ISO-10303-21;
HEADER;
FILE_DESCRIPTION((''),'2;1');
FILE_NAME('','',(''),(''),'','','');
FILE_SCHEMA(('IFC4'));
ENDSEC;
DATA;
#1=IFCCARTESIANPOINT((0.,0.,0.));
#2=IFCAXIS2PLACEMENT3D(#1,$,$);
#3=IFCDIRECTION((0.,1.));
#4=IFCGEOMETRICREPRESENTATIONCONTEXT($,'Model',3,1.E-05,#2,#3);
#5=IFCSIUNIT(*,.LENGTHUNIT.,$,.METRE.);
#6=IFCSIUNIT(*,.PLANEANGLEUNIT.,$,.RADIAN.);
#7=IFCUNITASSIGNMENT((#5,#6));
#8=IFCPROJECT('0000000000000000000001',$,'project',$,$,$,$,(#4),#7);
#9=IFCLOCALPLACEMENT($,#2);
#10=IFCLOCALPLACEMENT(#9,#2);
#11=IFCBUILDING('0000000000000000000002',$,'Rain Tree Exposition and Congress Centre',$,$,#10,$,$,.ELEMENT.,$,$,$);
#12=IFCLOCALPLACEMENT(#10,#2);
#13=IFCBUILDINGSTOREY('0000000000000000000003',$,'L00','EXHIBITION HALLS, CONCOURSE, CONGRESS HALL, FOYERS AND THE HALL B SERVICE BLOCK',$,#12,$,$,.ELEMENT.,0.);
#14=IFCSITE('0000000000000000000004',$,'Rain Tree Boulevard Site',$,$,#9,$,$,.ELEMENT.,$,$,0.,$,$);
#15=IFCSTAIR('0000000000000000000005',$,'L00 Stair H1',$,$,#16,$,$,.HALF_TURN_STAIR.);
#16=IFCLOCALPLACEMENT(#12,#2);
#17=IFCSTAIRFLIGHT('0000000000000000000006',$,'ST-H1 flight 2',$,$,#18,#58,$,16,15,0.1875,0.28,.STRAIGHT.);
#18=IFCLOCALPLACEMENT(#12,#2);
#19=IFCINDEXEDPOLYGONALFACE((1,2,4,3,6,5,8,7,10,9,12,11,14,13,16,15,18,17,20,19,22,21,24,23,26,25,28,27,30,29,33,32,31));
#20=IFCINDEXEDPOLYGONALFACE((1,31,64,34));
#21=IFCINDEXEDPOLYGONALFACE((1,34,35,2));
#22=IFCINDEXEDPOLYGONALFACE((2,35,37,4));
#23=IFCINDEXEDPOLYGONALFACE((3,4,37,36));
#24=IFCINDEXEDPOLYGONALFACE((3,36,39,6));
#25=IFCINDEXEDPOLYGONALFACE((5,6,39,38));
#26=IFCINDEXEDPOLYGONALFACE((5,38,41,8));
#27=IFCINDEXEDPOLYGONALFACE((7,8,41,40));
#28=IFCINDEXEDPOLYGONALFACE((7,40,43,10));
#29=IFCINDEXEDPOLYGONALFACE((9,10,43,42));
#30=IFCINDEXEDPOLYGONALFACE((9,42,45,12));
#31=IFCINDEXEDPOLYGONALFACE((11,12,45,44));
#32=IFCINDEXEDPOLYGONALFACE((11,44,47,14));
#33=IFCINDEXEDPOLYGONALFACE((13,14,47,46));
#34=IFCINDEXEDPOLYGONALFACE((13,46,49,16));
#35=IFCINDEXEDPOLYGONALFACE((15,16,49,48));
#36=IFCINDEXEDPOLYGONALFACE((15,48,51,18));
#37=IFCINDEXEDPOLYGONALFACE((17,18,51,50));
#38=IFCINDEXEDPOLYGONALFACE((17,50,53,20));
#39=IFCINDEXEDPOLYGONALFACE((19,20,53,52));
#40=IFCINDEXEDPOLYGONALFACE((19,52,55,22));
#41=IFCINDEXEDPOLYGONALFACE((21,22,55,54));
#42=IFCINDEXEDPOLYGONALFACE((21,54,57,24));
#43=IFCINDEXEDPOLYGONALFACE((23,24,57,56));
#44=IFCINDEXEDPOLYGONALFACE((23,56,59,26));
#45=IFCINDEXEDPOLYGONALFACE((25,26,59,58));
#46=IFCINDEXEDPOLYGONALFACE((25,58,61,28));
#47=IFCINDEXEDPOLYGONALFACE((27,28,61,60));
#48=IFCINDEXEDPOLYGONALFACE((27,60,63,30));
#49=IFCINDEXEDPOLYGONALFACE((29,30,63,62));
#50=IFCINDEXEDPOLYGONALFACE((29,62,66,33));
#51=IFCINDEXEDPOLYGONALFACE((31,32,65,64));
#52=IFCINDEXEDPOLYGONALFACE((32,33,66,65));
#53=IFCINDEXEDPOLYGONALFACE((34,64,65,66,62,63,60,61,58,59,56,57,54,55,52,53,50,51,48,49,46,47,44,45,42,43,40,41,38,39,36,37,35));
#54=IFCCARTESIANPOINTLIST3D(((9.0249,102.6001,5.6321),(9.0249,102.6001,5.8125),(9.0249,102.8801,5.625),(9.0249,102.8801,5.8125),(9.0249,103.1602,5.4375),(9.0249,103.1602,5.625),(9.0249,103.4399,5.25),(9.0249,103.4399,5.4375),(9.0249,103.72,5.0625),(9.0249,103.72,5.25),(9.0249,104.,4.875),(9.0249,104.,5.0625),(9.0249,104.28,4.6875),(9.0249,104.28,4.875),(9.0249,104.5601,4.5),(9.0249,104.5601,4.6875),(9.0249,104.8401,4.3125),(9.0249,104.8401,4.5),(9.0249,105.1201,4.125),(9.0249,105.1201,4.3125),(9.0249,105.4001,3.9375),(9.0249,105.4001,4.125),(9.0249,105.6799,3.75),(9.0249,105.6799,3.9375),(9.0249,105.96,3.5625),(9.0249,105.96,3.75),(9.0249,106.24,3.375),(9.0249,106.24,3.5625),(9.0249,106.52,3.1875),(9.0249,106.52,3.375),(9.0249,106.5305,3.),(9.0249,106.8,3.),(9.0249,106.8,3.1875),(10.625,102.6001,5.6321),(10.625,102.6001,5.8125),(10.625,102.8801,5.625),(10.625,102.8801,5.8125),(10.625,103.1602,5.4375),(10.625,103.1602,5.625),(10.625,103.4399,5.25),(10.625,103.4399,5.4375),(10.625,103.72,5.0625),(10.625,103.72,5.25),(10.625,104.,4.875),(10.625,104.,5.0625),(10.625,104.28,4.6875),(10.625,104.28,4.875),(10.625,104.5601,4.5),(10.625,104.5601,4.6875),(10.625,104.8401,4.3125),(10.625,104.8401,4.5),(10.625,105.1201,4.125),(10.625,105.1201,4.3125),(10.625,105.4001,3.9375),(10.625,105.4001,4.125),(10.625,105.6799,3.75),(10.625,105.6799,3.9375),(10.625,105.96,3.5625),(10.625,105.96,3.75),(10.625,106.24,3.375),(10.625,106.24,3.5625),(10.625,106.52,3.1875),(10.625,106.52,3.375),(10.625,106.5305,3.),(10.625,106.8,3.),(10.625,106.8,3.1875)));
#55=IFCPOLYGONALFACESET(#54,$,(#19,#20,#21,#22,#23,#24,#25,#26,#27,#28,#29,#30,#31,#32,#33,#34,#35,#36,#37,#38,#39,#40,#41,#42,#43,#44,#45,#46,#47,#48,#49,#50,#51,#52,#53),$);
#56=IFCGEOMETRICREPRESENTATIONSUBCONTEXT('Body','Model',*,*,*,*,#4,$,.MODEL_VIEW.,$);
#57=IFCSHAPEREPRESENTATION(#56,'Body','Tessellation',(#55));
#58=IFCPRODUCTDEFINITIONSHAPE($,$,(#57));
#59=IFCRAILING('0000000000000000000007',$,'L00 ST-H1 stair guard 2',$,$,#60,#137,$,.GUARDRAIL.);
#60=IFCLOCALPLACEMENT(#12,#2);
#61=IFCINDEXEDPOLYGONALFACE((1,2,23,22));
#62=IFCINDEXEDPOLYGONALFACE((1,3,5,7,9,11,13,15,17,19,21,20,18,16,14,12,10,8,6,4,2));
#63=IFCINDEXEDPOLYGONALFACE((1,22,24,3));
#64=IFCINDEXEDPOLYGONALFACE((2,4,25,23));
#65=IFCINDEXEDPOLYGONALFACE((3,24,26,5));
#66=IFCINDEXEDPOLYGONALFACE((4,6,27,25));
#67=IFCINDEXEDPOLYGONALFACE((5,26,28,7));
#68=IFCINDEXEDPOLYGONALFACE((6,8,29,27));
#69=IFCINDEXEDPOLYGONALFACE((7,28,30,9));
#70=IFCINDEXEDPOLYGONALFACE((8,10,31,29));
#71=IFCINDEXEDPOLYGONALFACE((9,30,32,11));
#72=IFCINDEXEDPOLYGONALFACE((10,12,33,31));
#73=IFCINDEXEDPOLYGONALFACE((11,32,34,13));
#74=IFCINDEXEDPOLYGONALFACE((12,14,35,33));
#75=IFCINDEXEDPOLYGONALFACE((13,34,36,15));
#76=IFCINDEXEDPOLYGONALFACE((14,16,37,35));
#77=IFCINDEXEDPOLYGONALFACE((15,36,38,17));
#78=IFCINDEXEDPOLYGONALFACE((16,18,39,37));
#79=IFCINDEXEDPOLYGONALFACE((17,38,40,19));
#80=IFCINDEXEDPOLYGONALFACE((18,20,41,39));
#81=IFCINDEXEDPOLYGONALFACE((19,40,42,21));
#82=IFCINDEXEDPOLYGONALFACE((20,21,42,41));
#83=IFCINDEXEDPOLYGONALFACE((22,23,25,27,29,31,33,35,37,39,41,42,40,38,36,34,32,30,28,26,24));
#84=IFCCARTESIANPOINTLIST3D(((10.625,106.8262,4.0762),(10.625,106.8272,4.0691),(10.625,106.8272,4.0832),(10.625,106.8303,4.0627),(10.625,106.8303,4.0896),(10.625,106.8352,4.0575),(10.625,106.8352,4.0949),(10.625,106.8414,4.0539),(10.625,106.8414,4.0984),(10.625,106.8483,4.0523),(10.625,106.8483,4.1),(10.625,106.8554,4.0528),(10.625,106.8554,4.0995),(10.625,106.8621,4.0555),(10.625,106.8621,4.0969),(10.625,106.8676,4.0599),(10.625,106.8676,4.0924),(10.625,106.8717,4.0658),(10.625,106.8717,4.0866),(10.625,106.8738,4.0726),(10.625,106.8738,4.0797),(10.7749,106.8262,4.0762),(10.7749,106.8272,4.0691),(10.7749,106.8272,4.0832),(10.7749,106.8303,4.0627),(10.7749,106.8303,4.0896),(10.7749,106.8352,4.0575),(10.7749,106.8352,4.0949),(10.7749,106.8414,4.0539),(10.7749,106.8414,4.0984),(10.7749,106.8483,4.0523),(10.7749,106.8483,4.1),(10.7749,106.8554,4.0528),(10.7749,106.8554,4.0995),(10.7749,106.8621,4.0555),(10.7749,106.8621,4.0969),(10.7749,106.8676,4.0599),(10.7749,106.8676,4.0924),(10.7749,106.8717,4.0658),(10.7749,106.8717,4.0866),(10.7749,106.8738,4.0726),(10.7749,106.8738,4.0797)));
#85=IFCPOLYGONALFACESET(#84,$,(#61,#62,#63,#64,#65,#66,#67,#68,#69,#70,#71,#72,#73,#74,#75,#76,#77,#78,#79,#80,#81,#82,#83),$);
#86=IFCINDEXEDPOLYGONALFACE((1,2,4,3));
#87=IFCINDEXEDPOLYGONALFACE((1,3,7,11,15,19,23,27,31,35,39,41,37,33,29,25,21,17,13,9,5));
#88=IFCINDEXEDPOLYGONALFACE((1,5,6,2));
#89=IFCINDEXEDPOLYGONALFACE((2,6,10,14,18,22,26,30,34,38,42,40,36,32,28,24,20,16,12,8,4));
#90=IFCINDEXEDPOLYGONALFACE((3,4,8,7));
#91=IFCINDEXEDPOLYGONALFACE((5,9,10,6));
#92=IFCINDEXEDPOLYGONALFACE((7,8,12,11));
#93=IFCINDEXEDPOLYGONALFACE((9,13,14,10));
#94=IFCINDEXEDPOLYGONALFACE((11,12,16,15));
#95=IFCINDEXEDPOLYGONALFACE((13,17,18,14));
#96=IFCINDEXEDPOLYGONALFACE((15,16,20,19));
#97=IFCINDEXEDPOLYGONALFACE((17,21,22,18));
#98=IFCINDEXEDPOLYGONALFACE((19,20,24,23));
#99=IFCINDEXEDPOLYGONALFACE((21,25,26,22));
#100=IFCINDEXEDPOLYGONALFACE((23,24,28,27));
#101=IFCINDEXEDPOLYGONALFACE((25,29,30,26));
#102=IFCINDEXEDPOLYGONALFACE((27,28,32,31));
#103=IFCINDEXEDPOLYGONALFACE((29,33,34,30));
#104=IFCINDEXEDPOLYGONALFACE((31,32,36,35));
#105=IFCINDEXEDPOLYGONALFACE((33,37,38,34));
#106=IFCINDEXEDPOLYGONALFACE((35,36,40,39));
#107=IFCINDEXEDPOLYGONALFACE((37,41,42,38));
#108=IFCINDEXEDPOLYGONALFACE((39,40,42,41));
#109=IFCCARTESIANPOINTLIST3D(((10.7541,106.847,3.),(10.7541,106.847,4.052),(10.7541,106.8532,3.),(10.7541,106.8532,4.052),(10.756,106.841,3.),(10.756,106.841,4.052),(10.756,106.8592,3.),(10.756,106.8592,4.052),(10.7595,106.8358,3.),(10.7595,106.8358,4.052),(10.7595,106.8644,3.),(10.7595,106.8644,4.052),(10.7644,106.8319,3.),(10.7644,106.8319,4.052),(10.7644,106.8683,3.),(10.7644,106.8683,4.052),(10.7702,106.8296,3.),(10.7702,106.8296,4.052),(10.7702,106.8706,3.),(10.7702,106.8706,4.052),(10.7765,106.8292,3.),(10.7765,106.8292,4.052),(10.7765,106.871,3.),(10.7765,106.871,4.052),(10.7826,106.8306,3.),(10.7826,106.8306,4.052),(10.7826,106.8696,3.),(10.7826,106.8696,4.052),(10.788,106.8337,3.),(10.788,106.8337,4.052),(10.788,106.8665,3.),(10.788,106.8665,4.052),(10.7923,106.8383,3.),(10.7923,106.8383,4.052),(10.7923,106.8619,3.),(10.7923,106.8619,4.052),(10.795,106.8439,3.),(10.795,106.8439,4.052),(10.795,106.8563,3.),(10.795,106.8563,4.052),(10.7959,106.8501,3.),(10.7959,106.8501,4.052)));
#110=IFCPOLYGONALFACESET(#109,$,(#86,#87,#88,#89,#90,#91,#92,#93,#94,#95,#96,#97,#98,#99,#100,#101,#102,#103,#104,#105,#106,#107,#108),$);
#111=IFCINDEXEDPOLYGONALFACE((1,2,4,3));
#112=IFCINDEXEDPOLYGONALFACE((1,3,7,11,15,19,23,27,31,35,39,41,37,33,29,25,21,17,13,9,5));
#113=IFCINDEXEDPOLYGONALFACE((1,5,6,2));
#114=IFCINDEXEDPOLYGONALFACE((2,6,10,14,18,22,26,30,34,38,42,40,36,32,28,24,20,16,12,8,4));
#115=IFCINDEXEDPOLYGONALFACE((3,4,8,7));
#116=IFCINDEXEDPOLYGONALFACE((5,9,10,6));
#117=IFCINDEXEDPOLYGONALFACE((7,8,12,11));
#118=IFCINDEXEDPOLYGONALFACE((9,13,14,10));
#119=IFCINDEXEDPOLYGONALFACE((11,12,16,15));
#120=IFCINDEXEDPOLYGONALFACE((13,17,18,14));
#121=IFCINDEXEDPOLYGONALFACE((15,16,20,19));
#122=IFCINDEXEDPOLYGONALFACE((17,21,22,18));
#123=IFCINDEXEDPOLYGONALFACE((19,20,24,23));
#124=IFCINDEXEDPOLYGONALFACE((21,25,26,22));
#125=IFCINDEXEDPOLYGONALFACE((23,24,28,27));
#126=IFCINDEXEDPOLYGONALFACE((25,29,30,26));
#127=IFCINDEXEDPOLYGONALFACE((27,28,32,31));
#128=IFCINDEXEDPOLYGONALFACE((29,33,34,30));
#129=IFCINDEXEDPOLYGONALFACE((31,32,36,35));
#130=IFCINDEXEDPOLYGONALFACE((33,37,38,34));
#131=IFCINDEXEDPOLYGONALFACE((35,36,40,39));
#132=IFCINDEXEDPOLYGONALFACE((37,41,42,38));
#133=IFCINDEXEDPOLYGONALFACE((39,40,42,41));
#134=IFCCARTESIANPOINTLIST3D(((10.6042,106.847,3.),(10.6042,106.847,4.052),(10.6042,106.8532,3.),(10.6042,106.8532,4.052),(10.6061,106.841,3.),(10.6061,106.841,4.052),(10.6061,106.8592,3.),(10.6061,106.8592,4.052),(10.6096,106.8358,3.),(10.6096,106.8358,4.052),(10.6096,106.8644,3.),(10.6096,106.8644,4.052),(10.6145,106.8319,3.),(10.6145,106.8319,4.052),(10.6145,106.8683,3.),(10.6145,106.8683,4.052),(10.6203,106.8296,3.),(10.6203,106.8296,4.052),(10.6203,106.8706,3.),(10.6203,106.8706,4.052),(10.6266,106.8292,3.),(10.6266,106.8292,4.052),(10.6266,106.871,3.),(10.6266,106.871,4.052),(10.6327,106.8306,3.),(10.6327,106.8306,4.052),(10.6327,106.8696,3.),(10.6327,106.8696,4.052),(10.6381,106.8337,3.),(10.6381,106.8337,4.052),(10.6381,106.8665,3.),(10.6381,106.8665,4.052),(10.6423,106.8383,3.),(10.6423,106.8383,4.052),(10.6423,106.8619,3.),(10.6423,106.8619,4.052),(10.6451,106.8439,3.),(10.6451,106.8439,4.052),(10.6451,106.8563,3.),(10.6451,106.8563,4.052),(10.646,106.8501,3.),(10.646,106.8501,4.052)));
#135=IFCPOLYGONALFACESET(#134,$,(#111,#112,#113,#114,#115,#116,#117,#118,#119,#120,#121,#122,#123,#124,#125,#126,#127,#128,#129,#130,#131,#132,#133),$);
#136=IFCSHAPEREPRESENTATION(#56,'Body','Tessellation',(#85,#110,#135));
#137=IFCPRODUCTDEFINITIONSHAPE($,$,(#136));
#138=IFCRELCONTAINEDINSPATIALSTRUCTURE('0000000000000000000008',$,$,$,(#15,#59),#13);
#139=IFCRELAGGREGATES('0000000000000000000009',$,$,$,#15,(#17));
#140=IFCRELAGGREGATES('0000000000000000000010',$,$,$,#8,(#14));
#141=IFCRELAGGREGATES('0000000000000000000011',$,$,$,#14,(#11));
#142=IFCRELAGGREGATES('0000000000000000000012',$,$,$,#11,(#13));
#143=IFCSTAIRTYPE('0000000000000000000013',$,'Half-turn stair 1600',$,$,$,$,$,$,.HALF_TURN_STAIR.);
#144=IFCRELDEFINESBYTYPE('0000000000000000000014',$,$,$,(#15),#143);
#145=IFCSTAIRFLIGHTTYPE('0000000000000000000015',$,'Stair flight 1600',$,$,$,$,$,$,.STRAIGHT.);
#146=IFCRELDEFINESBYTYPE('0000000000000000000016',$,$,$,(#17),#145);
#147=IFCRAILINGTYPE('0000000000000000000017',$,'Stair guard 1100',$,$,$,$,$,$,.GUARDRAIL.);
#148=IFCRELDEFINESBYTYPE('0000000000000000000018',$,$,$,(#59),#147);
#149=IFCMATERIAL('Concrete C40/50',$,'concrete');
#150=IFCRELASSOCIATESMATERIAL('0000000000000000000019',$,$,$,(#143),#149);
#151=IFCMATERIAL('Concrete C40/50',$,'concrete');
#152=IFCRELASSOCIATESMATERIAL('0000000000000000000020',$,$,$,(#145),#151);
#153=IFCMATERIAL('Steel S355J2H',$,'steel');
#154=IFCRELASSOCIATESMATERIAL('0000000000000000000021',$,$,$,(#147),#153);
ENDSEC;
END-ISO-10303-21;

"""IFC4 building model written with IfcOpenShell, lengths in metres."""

from ifc_helpers import new_model, si_unit, direction, frame, origin, origin_2d, place, context, subcontext, project, spatial, polyline, circle, outline, extrude, material, type_object, element, aggregate, save


model = new_model("IFC4")

# Units and contexts
model_context = context("Model", 3, precision=1e-05, world=origin(), true_north=direction((0.0, 1.0)))
body_context = subcontext(model_context, "Body", "Model", "MODEL_VIEW")
ifc_project = project(units=[si_unit("LENGTHUNIT", "METRE"), si_unit("PLANEANGLEUNIT", "RADIAN")], contexts=[model_context])

# Site, building, storey
site_placement = place(None, origin())
site = spatial("IfcSite", under=ifc_project, at=site_placement, Name="Rain Tree Boulevard Site", CompositionType="ELEMENT", RefElevation=0.0)
building_placement = place(site_placement, origin())
building = spatial("IfcBuilding", under=site, at=building_placement, Name="Rain Tree Exposition and Congress Centre", CompositionType="ELEMENT")
storey_placement = place(building_placement, origin())
storey = spatial("IfcBuildingStorey", under=building, at=storey_placement, Name="L00", Description="EXHIBITION HALLS, CONCOURSE, CONGRESS HALL, FOYERS AND THE HALL B SERVICE BLOCK", CompositionType="ELEMENT", Elevation=0.0)

# Stair, stair flight
ifc_material_1 = material(Name="Concrete C40/50", Category="concrete")
stair_type = type_object("IfcStairType", Name="Half-turn stair 1600", PredefinedType="HALF_TURN_STAIR", material=ifc_material_1)
stair_placement = place(storey_placement, origin())
stair = element("IfcStair", 1, at=stair_placement, inside=storey, type_object=stair_type, Name="L00 Stair H1", PredefinedType="HALF_TURN_STAIR")
ifc_material_2 = material(Name="Concrete C40/50", Category="concrete")
stair_flight_type = type_object("IfcStairFlightType", Name="Stair flight 1600", PredefinedType="STRAIGHT", material=ifc_material_2)
stair_flight_1_placement = place(storey_placement, frame((9.825, 106.8, 3.0), z_axis=(0.0, 0.0, 1.0), x_axis=(0.0, -1.0, 0.0)))
stair_flight_1 = element("IfcStairFlight", 2, at=stair_flight_1_placement, type_object=stair_flight_type, Name="ST-H1 flight 2", NumberOfRisers=16, NumberOfTreads=15, PredefinedType="STRAIGHT", RiserHeight=0.1875, TreadLength=0.28, context=body_context, shape_type="SweptSolid", body=[
    extrude(outline(polyline([(0.0, 0.0), (0.0, 0.1875), (0.28, 0.1875), (0.28, 0.375), (0.5601, 0.375), (0.5601, 0.5625), (0.8401, 0.5625), (0.8401, 0.75), (1.1201, 0.75), (1.1201, 0.9375), (1.3999, 0.9375), (1.3999, 1.125), (1.6799, 1.125), (1.6799, 1.3125), (1.96, 1.3125), (1.96, 1.5), (2.24, 1.5), (2.24, 1.6875), (2.52, 1.6875), (2.52, 1.875), (2.8, 1.875), (2.8, 2.0625), (3.0801, 2.0625), (3.0801, 2.25), (3.3601, 2.25), (3.3601, 2.4375), (3.6399, 2.4375), (3.6399, 2.625), (3.9199, 2.625), (3.9199, 2.8125), (4.2, 2.8125), (4.2, 3.0), (4.2, 2.6321), (0.2695, 0.0), (0.0, 0.0)])), frame((0.0, 0.8, 0.0), z_axis=(0.0, -1.0, 0.0), x_axis=(1.0, 0.0, 0.0)), (0.0, 0.0, 1.0), 1.6001),
])
aggregate(stair, [stair_flight_1])

# Railing
ifc_material_3 = material(Name="Steel S355J2H", Category="steel")
railing_type_1 = type_object("IfcRailingType", Name="Stair guard 1100", PredefinedType="GUARDRAIL", material=ifc_material_3)
railing_1_placement = place(storey_placement, frame((10.7749, 106.8501, 3.0)))
element("IfcRailing", 3, at=railing_1_placement, inside=storey, type_object=railing_type_1, Name="L00 ST-H1 stair guard 2", PredefinedType="GUARDRAIL", context=body_context, shape_type="SweptSolid", body=[
    extrude(circle(Radius=0.0239, at=origin_2d()), frame((0.0, 0.0, 1.0762), z_axis=(-1.0, 0.0, 0.0), x_axis=(0.0, -1.0, 0.0)), (0.0, 0.0, 1.0), 0.1499),
    extrude(circle(Radius=0.021, at=origin_2d()), origin(), (0.0, 0.0, 1.0), 1.052),
    extrude(circle(Radius=0.021, at=origin_2d()), frame((-0.1499, 0.0, 0.0)), (0.0, 0.0, 1.0), 1.052),
])

save(model, "model.ifc")
